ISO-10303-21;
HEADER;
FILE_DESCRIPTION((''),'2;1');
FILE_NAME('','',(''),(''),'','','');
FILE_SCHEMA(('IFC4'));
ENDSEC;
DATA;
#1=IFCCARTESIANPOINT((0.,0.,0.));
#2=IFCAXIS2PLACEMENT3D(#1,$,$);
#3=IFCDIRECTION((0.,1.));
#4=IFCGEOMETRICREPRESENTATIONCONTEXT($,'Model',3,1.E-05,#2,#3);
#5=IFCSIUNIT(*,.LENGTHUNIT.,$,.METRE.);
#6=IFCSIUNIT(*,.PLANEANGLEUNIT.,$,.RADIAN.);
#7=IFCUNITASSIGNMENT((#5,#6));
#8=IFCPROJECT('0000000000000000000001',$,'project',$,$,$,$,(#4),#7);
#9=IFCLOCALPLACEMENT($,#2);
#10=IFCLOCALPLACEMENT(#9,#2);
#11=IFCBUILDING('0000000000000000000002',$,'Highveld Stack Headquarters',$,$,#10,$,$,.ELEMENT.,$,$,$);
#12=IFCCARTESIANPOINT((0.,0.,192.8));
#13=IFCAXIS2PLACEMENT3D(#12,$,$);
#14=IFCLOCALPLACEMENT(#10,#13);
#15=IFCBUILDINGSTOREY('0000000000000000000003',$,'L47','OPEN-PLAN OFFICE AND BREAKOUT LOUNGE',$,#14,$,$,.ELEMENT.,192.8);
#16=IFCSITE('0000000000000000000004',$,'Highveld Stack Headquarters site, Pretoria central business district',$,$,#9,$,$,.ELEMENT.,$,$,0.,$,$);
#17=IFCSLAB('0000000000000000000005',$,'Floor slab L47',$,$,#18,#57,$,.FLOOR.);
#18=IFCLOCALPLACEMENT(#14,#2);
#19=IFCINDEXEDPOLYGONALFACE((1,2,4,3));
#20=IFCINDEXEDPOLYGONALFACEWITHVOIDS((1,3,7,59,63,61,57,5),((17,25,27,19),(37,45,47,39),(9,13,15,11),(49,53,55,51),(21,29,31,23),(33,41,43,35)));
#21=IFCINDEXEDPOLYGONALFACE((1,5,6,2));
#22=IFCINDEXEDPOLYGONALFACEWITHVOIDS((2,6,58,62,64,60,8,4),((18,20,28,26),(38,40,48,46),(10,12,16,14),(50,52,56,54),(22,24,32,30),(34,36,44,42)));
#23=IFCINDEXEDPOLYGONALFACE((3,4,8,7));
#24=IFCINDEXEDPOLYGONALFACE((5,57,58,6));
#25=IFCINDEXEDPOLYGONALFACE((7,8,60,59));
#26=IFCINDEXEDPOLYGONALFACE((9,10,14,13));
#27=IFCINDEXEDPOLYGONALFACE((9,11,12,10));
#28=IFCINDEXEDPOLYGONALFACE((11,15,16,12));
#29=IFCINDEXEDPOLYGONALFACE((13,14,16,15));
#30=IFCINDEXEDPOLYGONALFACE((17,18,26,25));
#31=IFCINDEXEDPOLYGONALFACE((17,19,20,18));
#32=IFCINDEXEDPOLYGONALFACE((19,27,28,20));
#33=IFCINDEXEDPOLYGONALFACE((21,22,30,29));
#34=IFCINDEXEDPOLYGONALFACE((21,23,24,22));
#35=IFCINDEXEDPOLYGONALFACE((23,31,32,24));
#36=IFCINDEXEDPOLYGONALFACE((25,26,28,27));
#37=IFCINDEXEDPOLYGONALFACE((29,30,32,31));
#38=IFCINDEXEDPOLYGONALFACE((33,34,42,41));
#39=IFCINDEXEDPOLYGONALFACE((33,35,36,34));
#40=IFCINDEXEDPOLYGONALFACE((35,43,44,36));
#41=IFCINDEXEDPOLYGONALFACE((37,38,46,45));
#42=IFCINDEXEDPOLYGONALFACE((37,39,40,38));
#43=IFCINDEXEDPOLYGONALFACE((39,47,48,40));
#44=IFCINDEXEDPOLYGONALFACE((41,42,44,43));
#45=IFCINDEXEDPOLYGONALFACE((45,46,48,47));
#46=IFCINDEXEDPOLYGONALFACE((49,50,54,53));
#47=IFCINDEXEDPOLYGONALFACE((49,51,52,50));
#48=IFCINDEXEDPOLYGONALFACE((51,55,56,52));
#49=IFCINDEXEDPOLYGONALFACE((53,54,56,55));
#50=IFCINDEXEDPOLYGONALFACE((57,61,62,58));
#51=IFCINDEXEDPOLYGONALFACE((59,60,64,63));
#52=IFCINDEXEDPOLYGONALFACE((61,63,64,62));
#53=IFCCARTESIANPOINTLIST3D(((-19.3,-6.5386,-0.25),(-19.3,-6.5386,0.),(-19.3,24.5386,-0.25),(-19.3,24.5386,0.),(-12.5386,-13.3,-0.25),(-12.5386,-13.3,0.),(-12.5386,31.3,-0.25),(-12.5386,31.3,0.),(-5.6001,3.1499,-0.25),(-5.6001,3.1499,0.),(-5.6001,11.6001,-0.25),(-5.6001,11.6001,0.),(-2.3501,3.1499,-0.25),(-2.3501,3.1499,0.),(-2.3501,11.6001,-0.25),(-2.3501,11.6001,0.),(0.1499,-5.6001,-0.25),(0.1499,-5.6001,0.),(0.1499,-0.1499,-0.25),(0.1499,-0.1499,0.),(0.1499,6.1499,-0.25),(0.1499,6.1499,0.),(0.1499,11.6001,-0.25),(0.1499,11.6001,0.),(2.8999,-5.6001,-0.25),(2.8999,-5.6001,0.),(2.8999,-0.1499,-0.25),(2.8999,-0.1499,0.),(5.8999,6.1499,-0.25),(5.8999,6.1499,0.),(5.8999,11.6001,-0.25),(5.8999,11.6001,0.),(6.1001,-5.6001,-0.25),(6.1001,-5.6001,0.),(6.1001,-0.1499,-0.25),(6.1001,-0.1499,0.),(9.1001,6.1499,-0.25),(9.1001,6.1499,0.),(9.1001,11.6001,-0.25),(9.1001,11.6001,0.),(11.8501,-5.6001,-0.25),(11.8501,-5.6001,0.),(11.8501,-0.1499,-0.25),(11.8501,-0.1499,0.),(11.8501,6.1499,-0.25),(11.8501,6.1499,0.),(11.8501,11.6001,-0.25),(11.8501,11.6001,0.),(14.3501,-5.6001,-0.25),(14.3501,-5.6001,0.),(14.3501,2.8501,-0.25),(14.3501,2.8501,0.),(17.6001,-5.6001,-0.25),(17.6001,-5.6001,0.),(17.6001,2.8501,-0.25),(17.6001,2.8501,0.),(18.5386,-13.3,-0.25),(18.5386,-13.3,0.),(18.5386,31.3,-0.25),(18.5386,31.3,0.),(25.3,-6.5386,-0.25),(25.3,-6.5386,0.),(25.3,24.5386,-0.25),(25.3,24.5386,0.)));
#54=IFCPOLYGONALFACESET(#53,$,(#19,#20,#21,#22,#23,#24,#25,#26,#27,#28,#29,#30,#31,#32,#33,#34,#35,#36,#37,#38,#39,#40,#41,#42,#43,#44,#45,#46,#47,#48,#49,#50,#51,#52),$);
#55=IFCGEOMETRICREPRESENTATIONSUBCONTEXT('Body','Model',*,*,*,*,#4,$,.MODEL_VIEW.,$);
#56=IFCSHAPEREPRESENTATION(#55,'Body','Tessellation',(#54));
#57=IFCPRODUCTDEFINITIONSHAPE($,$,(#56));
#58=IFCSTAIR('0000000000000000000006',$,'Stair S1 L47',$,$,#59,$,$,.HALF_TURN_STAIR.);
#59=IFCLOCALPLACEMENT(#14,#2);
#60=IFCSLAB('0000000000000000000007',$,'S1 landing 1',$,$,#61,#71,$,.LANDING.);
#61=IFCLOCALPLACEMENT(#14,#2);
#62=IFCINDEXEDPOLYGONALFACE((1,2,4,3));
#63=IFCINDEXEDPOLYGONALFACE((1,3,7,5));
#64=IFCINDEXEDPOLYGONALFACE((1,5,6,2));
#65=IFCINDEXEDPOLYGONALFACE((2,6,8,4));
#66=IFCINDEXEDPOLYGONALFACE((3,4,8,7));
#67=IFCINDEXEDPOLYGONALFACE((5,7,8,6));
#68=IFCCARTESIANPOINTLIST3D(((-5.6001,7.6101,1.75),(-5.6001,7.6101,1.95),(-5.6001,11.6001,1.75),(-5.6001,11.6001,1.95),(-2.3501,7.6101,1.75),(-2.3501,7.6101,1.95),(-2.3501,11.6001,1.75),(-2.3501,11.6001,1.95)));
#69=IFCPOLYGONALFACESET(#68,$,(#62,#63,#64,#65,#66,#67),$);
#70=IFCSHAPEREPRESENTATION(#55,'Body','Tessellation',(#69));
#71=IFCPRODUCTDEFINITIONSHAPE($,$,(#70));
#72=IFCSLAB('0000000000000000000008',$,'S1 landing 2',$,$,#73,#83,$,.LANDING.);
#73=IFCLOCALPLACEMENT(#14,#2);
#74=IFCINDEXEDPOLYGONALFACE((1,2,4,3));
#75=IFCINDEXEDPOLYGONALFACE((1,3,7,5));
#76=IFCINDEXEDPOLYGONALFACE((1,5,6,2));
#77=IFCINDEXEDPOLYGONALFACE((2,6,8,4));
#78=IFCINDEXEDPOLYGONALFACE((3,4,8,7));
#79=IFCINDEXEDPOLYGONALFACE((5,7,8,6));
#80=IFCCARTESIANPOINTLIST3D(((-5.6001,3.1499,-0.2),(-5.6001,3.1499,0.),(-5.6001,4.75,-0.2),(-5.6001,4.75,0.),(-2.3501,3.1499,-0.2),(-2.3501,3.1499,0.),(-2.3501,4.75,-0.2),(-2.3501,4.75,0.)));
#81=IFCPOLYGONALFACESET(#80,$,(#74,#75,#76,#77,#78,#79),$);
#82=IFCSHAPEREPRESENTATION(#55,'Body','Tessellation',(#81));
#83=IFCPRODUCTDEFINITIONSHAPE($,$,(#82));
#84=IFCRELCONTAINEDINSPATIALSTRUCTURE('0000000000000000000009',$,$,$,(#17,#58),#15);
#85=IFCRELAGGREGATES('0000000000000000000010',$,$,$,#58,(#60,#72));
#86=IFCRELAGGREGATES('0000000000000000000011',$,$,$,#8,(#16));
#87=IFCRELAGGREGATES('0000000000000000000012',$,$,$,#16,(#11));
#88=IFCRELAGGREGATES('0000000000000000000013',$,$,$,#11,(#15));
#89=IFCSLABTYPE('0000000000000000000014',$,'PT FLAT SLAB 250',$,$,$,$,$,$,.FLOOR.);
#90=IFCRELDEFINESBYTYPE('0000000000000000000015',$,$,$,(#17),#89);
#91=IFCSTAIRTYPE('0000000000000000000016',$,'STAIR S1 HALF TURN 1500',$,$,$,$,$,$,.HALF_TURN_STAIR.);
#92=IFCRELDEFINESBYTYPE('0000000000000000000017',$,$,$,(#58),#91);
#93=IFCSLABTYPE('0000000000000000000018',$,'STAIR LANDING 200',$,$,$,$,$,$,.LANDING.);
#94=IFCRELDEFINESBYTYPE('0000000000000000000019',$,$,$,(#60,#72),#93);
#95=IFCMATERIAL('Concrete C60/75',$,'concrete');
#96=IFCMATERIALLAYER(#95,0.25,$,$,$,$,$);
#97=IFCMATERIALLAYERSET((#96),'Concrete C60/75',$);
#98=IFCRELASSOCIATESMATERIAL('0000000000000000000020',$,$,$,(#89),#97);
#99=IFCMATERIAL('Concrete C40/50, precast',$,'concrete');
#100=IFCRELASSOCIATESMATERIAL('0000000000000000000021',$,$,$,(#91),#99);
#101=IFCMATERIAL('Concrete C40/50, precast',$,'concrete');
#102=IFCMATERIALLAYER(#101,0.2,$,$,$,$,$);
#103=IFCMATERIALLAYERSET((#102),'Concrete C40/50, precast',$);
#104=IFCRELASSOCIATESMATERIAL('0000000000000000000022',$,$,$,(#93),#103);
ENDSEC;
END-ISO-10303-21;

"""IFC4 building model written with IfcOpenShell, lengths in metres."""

from ifc_helpers import new_model, si_unit, direction, frame, origin, place, context, subcontext, project, spatial, polyline, outline, extrude, material, layer, layer_set, type_object, element, aggregate, save


model = new_model("IFC4")

# Units and contexts
model_context = context("Model", 3, precision=1e-05, world=origin(), true_north=direction((0.0, 1.0)))
body_context = subcontext(model_context, "Body", "Model", "MODEL_VIEW")
ifc_project = project(units=[si_unit("LENGTHUNIT", "METRE"), si_unit("PLANEANGLEUNIT", "RADIAN")], contexts=[model_context])

# Site, building, storey
site_placement = place(None, origin())
site = spatial("IfcSite", under=ifc_project, at=site_placement, Name="Highveld Stack Headquarters site, Pretoria central business district", CompositionType="ELEMENT", RefElevation=0.0)
building_placement = place(site_placement, origin())
building = spatial("IfcBuilding", under=site, at=building_placement, Name="Highveld Stack Headquarters", CompositionType="ELEMENT")
storey_placement = place(building_placement, frame((0.0, 0.0, 192.8)))
storey = spatial("IfcBuildingStorey", under=building, at=storey_placement, Name="L47", Description="OPEN-PLAN OFFICE AND BREAKOUT LOUNGE", CompositionType="ELEMENT", Elevation=192.8)

# Slab
ifc_material_1 = material(Name="Concrete C60/75", Category="concrete")
ifc_layer_1 = layer(ifc_material_1, 0.25)
ifc_layer_set_1 = layer_set([ifc_layer_1], Name="Concrete C60/75")
slab_type_1 = type_object("IfcSlabType", Name="PT FLAT SLAB 250", PredefinedType="FLOOR", material=ifc_layer_set_1)
slab_1_placement = place(storey_placement, frame((0.0, 0.0, -0.25)))
element("IfcSlab", 1, at=slab_1_placement, inside=storey, type_object=slab_type_1, Name="Floor slab L47", PredefinedType="FLOOR", context=body_context, shape_type="SweptSolid", body=[
    extrude(outline(polyline([(-12.5386, -13.3), (18.5386, -13.3), (25.3, -6.5386), (25.3, 24.5386), (18.5386, 31.3), (-12.5386, 31.3), (-19.3, 24.5386), (-19.3, -6.5386), (-12.5386, -13.3)]), holes=[polyline([(0.1499, 6.1499), (5.8999, 6.1499), (5.8999, 11.6001), (0.1499, 11.6001), (0.1499, 6.1499)]), polyline([(9.1001, 6.1499), (11.8501, 6.1499), (11.8501, 11.6001), (9.1001, 11.6001), (9.1001, 6.1499)]), polyline([(6.1001, -5.6001), (11.8501, -5.6001), (11.8501, -0.1499), (6.1001, -0.1499), (6.1001, -5.6001)]), polyline([(0.1499, -5.6001), (2.8999, -5.6001), (2.8999, -0.1499), (0.1499, -0.1499), (0.1499, -5.6001)]), polyline([(-5.6001, 3.1499), (-2.3501, 3.1499), (-2.3501, 11.6001), (-5.6001, 11.6001), (-5.6001, 3.1499)]), polyline([(14.3501, -5.6001), (17.6001, -5.6001), (17.6001, 2.8501), (14.3501, 2.8501), (14.3501, -5.6001)])]), origin(), (0.0, 0.0, 1.0), 0.25),
])

# Stair, slabs
ifc_material_2 = material(Name="Concrete C40/50, precast", Category="concrete")
stair_type = type_object("IfcStairType", Name="STAIR S1 HALF TURN 1500", PredefinedType="HALF_TURN_STAIR", material=ifc_material_2)
stair_placement = place(storey_placement, origin())
stair = element("IfcStair", 2, at=stair_placement, inside=storey, type_object=stair_type, Name="Stair S1 L47", PredefinedType="HALF_TURN_STAIR")
ifc_material_3 = material(Name="Concrete C40/50, precast", Category="concrete")
ifc_layer_2 = layer(ifc_material_3, 0.2)
ifc_layer_set_2 = layer_set([ifc_layer_2], Name="Concrete C40/50, precast")
slab_type_2 = type_object("IfcSlabType", Name="STAIR LANDING 200", PredefinedType="LANDING", material=ifc_layer_set_2)
slab_2_placement = place(storey_placement, frame((0.0, 0.0, 1.75)))
slab_2 = element("IfcSlab", 3, at=slab_2_placement, type_object=slab_type_2, Name="S1 landing 1", PredefinedType="LANDING", context=body_context, shape_type="SweptSolid", body=[
    extrude(outline(polyline([(-5.6001, 7.6101), (-2.3501, 7.6101), (-2.3501, 11.6001), (-5.6001, 11.6001), (-5.6001, 7.6101)])), origin(), (0.0, 0.0, 1.0), 0.2),
])
slab_3_placement = place(storey_placement, frame((0.0, 0.0, -0.2)))
slab_3 = element("IfcSlab", 4, at=slab_3_placement, type_object=slab_type_2, Name="S1 landing 2", PredefinedType="LANDING", context=body_context, shape_type="SweptSolid", body=[
    extrude(outline(polyline([(-5.6001, 3.1499), (-2.3501, 3.1499), (-2.3501, 4.75), (-5.6001, 4.75), (-5.6001, 3.1499)])), origin(), (0.0, 0.0, 1.0), 0.2),
])

aggregate(stair, [slab_2, slab_3])

save(model, "model.ifc")
